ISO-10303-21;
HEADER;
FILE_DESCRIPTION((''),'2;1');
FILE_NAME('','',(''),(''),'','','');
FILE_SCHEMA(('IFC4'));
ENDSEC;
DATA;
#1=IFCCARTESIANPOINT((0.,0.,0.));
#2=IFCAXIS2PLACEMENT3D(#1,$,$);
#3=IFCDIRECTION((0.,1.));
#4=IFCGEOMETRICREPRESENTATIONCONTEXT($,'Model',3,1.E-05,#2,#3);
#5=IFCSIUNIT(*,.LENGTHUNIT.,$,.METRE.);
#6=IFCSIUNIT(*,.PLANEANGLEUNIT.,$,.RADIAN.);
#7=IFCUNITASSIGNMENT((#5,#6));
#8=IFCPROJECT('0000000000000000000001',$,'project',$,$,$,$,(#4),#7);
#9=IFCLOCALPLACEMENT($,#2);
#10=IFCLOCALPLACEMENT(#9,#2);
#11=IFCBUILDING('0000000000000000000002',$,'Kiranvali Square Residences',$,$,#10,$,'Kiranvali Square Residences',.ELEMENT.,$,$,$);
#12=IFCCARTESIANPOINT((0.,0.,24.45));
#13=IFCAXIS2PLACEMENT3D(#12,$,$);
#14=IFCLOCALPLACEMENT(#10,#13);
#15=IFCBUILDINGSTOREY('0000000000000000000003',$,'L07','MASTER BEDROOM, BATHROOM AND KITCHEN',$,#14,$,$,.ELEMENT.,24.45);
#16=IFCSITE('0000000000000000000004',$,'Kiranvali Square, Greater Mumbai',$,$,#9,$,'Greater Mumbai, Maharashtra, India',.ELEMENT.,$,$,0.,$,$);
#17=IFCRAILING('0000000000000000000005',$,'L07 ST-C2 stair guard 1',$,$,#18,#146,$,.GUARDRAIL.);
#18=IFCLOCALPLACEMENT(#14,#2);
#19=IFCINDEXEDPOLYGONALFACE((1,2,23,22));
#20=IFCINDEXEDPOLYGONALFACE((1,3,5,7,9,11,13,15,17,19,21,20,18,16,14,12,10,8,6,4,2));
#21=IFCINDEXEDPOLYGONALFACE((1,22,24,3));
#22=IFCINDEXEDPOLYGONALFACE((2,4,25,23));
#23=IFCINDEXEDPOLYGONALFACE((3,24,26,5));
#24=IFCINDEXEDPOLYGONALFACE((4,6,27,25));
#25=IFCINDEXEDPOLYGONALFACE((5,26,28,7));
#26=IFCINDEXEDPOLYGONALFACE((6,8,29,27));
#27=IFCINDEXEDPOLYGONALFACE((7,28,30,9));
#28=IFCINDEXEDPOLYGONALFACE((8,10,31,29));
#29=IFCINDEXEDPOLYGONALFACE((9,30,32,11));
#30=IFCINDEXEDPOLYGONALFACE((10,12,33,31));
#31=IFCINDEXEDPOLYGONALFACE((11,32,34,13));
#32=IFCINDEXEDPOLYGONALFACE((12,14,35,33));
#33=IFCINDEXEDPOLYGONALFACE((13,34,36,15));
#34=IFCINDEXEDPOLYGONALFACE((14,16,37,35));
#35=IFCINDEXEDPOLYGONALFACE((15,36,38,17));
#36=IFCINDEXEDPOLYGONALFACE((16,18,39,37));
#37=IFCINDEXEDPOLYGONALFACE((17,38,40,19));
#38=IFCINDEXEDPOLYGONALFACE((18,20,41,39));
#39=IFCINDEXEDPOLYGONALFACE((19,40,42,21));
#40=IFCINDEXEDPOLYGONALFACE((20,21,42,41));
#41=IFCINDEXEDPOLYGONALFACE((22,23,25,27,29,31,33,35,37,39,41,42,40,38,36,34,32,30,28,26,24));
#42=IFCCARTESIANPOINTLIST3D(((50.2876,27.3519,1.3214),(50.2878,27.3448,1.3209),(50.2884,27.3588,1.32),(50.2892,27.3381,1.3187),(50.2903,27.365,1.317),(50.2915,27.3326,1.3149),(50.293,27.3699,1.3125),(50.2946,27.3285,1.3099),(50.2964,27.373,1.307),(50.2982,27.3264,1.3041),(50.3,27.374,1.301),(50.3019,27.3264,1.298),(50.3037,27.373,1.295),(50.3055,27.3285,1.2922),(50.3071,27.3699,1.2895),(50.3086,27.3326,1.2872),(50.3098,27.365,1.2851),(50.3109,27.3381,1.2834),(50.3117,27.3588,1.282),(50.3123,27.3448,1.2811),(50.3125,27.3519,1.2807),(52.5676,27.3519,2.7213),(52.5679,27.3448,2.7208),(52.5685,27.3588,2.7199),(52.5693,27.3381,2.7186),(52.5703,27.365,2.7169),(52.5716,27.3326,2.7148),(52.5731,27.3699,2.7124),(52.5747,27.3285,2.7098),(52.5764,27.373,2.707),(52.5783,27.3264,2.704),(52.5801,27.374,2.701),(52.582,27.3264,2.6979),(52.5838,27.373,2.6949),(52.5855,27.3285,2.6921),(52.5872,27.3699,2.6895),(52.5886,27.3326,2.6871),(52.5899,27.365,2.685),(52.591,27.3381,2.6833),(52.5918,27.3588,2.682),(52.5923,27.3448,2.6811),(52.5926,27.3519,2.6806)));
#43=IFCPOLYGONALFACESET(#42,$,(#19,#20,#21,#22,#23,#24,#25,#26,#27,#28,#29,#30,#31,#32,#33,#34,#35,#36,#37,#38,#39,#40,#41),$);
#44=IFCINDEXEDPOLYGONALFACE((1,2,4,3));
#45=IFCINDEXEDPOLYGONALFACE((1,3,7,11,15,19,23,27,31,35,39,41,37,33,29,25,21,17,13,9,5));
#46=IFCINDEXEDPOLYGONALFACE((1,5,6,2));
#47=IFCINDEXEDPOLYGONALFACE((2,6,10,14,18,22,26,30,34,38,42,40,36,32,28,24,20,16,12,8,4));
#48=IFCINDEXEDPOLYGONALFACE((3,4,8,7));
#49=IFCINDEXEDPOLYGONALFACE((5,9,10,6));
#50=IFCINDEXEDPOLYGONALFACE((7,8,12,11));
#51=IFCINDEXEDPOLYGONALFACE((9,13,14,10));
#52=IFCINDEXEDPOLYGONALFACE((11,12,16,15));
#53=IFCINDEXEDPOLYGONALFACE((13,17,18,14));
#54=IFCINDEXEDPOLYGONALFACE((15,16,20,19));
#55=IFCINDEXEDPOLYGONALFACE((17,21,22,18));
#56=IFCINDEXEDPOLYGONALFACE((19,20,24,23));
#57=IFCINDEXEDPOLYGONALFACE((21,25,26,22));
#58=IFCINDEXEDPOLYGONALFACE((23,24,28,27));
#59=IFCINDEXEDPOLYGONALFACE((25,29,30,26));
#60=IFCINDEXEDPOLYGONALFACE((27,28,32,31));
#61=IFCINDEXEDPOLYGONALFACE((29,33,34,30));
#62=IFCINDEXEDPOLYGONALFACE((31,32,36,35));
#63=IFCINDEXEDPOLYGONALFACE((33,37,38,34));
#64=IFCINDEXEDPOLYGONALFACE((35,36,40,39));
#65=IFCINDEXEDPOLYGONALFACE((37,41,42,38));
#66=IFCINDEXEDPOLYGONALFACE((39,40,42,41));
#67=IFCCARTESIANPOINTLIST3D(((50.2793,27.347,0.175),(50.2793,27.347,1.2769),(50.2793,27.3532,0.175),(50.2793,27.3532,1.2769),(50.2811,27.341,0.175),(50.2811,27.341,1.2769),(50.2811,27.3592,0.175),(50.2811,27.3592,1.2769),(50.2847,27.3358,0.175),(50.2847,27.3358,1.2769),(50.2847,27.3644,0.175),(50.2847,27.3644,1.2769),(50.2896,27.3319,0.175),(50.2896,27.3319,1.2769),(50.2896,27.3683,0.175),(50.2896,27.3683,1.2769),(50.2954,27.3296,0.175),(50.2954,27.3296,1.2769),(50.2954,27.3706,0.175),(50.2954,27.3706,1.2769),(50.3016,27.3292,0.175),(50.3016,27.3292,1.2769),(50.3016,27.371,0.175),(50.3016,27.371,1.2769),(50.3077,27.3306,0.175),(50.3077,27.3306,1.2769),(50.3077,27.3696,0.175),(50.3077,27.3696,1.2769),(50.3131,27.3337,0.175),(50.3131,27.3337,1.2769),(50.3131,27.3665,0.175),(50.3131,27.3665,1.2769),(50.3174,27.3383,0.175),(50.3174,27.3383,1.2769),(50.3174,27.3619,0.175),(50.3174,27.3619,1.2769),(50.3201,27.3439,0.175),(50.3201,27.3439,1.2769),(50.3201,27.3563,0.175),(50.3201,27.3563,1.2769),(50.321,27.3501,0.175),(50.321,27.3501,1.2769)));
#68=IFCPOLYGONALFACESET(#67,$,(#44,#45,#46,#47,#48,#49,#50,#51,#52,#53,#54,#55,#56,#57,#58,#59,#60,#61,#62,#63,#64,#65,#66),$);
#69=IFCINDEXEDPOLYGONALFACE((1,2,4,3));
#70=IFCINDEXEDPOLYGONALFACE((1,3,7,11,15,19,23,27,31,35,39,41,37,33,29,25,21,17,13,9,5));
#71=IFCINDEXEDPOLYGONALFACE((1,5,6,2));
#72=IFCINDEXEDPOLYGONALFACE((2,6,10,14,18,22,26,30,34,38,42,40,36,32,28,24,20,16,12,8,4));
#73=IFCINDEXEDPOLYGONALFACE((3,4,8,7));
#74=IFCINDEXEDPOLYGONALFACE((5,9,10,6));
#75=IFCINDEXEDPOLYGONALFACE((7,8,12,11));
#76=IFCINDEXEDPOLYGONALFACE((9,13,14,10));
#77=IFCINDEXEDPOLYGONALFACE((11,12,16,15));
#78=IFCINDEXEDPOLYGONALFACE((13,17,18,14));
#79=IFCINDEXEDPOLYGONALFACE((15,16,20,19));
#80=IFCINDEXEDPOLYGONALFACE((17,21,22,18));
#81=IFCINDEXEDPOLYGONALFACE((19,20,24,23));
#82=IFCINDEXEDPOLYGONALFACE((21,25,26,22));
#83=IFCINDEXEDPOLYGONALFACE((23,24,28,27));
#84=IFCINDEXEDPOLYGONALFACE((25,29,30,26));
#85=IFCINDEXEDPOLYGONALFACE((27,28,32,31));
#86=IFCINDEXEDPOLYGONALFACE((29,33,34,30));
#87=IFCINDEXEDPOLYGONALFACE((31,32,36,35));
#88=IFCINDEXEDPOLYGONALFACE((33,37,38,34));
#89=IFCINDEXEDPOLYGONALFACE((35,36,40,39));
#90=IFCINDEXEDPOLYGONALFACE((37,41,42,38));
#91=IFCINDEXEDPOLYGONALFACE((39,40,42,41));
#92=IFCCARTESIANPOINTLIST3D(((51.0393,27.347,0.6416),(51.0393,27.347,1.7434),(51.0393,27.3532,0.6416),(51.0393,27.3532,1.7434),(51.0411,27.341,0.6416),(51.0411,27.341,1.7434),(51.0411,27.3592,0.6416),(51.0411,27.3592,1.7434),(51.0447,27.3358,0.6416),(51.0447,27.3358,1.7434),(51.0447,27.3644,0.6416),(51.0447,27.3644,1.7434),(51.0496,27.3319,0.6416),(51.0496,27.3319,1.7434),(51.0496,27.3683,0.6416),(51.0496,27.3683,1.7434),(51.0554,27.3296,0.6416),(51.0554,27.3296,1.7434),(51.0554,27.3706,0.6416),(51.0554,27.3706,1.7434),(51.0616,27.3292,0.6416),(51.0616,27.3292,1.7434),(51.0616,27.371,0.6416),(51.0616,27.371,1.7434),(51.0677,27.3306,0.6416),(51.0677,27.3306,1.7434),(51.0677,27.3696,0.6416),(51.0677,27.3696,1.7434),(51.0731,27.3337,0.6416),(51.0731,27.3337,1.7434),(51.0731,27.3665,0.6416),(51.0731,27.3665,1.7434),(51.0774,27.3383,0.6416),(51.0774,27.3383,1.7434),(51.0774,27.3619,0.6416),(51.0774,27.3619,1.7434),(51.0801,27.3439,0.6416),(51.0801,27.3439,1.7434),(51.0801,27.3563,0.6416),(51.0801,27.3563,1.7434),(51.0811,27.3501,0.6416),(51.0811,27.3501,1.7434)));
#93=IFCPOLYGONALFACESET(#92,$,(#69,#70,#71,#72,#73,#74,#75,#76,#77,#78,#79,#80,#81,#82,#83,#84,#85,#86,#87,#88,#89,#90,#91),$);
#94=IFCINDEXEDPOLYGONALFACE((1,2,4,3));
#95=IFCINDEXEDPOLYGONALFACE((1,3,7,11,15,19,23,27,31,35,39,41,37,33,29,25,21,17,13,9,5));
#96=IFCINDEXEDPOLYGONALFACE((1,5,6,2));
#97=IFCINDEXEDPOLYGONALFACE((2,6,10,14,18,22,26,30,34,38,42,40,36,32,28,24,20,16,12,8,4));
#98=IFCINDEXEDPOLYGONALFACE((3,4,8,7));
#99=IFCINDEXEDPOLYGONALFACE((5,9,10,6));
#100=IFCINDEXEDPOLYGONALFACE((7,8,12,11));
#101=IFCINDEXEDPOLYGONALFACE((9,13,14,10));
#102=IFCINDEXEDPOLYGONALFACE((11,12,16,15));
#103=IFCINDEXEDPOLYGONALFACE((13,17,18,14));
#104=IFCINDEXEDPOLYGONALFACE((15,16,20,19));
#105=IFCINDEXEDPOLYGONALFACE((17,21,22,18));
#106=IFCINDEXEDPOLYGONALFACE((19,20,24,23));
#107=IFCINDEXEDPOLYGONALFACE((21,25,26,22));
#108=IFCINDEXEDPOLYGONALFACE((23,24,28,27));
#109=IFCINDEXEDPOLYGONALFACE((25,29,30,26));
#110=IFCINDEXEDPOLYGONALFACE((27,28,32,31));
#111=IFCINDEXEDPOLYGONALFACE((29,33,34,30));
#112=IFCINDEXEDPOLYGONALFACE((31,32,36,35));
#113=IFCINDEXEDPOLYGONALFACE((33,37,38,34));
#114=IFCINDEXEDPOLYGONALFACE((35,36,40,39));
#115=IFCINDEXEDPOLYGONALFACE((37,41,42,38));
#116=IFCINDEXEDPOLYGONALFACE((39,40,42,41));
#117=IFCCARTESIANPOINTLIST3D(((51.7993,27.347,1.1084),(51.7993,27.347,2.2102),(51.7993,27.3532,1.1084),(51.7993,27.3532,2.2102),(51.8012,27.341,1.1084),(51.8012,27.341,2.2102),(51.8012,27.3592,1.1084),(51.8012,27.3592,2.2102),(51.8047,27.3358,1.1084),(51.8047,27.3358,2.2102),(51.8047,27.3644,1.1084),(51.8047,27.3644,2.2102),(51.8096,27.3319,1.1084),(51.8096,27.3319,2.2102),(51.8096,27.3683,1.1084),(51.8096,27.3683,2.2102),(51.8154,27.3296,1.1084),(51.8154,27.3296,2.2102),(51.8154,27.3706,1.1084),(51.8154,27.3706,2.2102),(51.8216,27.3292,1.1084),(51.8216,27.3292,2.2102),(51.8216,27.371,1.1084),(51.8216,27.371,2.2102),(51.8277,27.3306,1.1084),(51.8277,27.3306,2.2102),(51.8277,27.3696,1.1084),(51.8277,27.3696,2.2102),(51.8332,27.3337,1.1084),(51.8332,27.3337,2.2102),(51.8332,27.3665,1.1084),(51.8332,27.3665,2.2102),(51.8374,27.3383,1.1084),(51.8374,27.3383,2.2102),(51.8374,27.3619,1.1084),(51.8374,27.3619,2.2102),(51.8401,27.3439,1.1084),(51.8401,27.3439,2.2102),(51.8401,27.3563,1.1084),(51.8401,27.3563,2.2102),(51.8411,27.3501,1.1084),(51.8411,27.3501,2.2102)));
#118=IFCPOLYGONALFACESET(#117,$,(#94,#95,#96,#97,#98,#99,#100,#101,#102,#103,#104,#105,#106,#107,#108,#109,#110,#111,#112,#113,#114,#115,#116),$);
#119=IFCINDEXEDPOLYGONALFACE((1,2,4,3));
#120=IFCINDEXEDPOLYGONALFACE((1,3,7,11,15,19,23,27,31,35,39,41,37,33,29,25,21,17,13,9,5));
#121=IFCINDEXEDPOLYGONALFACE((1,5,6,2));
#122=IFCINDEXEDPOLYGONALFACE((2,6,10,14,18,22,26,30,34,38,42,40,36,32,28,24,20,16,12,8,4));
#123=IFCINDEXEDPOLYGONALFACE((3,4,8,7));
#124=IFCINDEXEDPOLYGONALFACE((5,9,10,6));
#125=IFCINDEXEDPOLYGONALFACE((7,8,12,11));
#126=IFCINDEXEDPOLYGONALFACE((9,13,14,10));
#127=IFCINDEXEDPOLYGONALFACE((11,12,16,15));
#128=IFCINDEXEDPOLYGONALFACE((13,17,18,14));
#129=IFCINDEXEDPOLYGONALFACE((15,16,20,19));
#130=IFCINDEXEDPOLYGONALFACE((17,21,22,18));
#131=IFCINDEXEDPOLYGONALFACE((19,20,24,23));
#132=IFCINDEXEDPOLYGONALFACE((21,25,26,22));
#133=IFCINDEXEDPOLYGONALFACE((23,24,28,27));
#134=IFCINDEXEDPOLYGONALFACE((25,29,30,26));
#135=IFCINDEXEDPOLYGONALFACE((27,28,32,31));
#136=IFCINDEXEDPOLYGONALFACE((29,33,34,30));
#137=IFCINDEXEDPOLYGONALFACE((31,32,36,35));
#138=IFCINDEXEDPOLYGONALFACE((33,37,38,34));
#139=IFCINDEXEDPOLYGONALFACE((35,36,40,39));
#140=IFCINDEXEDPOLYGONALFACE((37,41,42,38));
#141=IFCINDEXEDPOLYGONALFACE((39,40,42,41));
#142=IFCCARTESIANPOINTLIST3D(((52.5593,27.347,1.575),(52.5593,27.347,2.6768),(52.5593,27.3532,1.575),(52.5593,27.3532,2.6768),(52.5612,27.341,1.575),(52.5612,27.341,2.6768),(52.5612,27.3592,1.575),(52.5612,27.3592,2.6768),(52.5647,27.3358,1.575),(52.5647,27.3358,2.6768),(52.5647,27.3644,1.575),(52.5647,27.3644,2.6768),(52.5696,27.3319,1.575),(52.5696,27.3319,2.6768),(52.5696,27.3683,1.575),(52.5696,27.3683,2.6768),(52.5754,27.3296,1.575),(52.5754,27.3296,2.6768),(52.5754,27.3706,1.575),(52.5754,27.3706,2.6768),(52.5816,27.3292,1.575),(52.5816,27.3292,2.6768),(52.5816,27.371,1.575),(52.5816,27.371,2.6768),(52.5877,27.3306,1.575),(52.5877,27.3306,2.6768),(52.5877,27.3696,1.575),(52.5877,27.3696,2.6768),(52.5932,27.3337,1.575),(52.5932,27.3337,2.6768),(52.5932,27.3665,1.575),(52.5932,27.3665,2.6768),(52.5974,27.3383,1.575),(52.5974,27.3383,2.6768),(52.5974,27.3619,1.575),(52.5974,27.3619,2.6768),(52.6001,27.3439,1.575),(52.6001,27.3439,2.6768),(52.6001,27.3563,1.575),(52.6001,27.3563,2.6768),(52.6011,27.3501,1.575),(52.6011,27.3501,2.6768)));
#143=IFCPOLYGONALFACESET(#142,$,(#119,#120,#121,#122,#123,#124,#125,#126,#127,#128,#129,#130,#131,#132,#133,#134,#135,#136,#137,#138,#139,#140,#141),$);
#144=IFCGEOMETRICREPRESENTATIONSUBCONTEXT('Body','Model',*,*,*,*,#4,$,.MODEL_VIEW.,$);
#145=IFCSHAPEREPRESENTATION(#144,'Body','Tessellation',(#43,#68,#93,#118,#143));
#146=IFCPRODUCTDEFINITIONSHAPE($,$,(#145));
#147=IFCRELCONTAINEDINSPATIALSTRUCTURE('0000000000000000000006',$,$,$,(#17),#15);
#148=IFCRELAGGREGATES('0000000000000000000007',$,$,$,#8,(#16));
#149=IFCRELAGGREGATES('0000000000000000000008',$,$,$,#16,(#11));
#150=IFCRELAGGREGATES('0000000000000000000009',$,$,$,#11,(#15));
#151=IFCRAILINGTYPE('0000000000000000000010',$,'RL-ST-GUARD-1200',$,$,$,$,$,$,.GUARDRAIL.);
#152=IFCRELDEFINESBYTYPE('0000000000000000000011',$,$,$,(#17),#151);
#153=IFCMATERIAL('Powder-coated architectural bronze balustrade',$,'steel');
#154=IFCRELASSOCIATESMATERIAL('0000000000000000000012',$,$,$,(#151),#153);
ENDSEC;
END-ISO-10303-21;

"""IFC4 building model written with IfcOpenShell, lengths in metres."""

from ifc_helpers import new_model, si_unit, direction, frame, origin, origin_2d, place, context, subcontext, project, spatial, circle, extrude, material, type_object, element, save


model = new_model("IFC4")

# Units and contexts
model_context = context("Model", 3, precision=1e-05, world=origin(), true_north=direction((0.0, 1.0)))
body_context = subcontext(model_context, "Body", "Model", "MODEL_VIEW")
ifc_project = project(units=[si_unit("LENGTHUNIT", "METRE"), si_unit("PLANEANGLEUNIT", "RADIAN")], contexts=[model_context])

# Site, building, storey
site_placement = place(None, origin())
site = spatial("IfcSite", under=ifc_project, at=site_placement, Name="Kiranvali Square, Greater Mumbai", LongName="Greater Mumbai, Maharashtra, India", CompositionType="ELEMENT", RefElevation=0.0)
building_placement = place(site_placement, origin())
building = spatial("IfcBuilding", under=site, at=building_placement, Name="Kiranvali Square Residences", LongName="Kiranvali Square Residences", CompositionType="ELEMENT")
storey_placement = place(building_placement, frame((0.0, 0.0, 24.45)))
storey = spatial("IfcBuildingStorey", under=building, at=storey_placement, Name="L07", Description="MASTER BEDROOM, BATHROOM AND KITCHEN", CompositionType="ELEMENT", Elevation=24.45)

# Railing
ifc_material_1 = material(Name="Powder-coated architectural bronze balustrade", Category="steel")
railing_type_1 = type_object("IfcRailingType", Name="RL-ST-GUARD-1200", PredefinedType="GUARDRAIL", material=ifc_material_1)
railing_1_placement = place(storey_placement, frame((50.3, 27.3501, 0.175)))
element("IfcRailing", 1, at=railing_1_placement, inside=storey, type_object=railing_type_1, Name="L07 ST-C2 stair guard 1", PredefinedType="GUARDRAIL", context=body_context, shape_type="SweptSolid", body=[
    extrude(circle(Radius=0.0239, at=origin_2d()), frame((0.0, 0.0, 1.126), z_axis=(0.85219, 0.0, 0.523232), x_axis=(0.0, 1.0, 0.0)), (0.0, 0.0, 1.0), 2.6755),
    extrude(circle(Radius=0.021, at=origin_2d()), origin(), (0.0, 0.0, 1.0), 1.1018),
    extrude(circle(Radius=0.021, at=origin_2d()), frame((0.76, 0.0, 0.4666)), (0.0, 0.0, 1.0), 1.1018),
    extrude(circle(Radius=0.021, at=origin_2d()), frame((1.52, 0.0, 0.9333)), (0.0, 0.0, 1.0), 1.1018),
    extrude(circle(Radius=0.021, at=origin_2d()), frame((2.28, 0.0, 1.3999)), (0.0, 0.0, 1.0), 1.1018),
])

save(model, "model.ifc")
